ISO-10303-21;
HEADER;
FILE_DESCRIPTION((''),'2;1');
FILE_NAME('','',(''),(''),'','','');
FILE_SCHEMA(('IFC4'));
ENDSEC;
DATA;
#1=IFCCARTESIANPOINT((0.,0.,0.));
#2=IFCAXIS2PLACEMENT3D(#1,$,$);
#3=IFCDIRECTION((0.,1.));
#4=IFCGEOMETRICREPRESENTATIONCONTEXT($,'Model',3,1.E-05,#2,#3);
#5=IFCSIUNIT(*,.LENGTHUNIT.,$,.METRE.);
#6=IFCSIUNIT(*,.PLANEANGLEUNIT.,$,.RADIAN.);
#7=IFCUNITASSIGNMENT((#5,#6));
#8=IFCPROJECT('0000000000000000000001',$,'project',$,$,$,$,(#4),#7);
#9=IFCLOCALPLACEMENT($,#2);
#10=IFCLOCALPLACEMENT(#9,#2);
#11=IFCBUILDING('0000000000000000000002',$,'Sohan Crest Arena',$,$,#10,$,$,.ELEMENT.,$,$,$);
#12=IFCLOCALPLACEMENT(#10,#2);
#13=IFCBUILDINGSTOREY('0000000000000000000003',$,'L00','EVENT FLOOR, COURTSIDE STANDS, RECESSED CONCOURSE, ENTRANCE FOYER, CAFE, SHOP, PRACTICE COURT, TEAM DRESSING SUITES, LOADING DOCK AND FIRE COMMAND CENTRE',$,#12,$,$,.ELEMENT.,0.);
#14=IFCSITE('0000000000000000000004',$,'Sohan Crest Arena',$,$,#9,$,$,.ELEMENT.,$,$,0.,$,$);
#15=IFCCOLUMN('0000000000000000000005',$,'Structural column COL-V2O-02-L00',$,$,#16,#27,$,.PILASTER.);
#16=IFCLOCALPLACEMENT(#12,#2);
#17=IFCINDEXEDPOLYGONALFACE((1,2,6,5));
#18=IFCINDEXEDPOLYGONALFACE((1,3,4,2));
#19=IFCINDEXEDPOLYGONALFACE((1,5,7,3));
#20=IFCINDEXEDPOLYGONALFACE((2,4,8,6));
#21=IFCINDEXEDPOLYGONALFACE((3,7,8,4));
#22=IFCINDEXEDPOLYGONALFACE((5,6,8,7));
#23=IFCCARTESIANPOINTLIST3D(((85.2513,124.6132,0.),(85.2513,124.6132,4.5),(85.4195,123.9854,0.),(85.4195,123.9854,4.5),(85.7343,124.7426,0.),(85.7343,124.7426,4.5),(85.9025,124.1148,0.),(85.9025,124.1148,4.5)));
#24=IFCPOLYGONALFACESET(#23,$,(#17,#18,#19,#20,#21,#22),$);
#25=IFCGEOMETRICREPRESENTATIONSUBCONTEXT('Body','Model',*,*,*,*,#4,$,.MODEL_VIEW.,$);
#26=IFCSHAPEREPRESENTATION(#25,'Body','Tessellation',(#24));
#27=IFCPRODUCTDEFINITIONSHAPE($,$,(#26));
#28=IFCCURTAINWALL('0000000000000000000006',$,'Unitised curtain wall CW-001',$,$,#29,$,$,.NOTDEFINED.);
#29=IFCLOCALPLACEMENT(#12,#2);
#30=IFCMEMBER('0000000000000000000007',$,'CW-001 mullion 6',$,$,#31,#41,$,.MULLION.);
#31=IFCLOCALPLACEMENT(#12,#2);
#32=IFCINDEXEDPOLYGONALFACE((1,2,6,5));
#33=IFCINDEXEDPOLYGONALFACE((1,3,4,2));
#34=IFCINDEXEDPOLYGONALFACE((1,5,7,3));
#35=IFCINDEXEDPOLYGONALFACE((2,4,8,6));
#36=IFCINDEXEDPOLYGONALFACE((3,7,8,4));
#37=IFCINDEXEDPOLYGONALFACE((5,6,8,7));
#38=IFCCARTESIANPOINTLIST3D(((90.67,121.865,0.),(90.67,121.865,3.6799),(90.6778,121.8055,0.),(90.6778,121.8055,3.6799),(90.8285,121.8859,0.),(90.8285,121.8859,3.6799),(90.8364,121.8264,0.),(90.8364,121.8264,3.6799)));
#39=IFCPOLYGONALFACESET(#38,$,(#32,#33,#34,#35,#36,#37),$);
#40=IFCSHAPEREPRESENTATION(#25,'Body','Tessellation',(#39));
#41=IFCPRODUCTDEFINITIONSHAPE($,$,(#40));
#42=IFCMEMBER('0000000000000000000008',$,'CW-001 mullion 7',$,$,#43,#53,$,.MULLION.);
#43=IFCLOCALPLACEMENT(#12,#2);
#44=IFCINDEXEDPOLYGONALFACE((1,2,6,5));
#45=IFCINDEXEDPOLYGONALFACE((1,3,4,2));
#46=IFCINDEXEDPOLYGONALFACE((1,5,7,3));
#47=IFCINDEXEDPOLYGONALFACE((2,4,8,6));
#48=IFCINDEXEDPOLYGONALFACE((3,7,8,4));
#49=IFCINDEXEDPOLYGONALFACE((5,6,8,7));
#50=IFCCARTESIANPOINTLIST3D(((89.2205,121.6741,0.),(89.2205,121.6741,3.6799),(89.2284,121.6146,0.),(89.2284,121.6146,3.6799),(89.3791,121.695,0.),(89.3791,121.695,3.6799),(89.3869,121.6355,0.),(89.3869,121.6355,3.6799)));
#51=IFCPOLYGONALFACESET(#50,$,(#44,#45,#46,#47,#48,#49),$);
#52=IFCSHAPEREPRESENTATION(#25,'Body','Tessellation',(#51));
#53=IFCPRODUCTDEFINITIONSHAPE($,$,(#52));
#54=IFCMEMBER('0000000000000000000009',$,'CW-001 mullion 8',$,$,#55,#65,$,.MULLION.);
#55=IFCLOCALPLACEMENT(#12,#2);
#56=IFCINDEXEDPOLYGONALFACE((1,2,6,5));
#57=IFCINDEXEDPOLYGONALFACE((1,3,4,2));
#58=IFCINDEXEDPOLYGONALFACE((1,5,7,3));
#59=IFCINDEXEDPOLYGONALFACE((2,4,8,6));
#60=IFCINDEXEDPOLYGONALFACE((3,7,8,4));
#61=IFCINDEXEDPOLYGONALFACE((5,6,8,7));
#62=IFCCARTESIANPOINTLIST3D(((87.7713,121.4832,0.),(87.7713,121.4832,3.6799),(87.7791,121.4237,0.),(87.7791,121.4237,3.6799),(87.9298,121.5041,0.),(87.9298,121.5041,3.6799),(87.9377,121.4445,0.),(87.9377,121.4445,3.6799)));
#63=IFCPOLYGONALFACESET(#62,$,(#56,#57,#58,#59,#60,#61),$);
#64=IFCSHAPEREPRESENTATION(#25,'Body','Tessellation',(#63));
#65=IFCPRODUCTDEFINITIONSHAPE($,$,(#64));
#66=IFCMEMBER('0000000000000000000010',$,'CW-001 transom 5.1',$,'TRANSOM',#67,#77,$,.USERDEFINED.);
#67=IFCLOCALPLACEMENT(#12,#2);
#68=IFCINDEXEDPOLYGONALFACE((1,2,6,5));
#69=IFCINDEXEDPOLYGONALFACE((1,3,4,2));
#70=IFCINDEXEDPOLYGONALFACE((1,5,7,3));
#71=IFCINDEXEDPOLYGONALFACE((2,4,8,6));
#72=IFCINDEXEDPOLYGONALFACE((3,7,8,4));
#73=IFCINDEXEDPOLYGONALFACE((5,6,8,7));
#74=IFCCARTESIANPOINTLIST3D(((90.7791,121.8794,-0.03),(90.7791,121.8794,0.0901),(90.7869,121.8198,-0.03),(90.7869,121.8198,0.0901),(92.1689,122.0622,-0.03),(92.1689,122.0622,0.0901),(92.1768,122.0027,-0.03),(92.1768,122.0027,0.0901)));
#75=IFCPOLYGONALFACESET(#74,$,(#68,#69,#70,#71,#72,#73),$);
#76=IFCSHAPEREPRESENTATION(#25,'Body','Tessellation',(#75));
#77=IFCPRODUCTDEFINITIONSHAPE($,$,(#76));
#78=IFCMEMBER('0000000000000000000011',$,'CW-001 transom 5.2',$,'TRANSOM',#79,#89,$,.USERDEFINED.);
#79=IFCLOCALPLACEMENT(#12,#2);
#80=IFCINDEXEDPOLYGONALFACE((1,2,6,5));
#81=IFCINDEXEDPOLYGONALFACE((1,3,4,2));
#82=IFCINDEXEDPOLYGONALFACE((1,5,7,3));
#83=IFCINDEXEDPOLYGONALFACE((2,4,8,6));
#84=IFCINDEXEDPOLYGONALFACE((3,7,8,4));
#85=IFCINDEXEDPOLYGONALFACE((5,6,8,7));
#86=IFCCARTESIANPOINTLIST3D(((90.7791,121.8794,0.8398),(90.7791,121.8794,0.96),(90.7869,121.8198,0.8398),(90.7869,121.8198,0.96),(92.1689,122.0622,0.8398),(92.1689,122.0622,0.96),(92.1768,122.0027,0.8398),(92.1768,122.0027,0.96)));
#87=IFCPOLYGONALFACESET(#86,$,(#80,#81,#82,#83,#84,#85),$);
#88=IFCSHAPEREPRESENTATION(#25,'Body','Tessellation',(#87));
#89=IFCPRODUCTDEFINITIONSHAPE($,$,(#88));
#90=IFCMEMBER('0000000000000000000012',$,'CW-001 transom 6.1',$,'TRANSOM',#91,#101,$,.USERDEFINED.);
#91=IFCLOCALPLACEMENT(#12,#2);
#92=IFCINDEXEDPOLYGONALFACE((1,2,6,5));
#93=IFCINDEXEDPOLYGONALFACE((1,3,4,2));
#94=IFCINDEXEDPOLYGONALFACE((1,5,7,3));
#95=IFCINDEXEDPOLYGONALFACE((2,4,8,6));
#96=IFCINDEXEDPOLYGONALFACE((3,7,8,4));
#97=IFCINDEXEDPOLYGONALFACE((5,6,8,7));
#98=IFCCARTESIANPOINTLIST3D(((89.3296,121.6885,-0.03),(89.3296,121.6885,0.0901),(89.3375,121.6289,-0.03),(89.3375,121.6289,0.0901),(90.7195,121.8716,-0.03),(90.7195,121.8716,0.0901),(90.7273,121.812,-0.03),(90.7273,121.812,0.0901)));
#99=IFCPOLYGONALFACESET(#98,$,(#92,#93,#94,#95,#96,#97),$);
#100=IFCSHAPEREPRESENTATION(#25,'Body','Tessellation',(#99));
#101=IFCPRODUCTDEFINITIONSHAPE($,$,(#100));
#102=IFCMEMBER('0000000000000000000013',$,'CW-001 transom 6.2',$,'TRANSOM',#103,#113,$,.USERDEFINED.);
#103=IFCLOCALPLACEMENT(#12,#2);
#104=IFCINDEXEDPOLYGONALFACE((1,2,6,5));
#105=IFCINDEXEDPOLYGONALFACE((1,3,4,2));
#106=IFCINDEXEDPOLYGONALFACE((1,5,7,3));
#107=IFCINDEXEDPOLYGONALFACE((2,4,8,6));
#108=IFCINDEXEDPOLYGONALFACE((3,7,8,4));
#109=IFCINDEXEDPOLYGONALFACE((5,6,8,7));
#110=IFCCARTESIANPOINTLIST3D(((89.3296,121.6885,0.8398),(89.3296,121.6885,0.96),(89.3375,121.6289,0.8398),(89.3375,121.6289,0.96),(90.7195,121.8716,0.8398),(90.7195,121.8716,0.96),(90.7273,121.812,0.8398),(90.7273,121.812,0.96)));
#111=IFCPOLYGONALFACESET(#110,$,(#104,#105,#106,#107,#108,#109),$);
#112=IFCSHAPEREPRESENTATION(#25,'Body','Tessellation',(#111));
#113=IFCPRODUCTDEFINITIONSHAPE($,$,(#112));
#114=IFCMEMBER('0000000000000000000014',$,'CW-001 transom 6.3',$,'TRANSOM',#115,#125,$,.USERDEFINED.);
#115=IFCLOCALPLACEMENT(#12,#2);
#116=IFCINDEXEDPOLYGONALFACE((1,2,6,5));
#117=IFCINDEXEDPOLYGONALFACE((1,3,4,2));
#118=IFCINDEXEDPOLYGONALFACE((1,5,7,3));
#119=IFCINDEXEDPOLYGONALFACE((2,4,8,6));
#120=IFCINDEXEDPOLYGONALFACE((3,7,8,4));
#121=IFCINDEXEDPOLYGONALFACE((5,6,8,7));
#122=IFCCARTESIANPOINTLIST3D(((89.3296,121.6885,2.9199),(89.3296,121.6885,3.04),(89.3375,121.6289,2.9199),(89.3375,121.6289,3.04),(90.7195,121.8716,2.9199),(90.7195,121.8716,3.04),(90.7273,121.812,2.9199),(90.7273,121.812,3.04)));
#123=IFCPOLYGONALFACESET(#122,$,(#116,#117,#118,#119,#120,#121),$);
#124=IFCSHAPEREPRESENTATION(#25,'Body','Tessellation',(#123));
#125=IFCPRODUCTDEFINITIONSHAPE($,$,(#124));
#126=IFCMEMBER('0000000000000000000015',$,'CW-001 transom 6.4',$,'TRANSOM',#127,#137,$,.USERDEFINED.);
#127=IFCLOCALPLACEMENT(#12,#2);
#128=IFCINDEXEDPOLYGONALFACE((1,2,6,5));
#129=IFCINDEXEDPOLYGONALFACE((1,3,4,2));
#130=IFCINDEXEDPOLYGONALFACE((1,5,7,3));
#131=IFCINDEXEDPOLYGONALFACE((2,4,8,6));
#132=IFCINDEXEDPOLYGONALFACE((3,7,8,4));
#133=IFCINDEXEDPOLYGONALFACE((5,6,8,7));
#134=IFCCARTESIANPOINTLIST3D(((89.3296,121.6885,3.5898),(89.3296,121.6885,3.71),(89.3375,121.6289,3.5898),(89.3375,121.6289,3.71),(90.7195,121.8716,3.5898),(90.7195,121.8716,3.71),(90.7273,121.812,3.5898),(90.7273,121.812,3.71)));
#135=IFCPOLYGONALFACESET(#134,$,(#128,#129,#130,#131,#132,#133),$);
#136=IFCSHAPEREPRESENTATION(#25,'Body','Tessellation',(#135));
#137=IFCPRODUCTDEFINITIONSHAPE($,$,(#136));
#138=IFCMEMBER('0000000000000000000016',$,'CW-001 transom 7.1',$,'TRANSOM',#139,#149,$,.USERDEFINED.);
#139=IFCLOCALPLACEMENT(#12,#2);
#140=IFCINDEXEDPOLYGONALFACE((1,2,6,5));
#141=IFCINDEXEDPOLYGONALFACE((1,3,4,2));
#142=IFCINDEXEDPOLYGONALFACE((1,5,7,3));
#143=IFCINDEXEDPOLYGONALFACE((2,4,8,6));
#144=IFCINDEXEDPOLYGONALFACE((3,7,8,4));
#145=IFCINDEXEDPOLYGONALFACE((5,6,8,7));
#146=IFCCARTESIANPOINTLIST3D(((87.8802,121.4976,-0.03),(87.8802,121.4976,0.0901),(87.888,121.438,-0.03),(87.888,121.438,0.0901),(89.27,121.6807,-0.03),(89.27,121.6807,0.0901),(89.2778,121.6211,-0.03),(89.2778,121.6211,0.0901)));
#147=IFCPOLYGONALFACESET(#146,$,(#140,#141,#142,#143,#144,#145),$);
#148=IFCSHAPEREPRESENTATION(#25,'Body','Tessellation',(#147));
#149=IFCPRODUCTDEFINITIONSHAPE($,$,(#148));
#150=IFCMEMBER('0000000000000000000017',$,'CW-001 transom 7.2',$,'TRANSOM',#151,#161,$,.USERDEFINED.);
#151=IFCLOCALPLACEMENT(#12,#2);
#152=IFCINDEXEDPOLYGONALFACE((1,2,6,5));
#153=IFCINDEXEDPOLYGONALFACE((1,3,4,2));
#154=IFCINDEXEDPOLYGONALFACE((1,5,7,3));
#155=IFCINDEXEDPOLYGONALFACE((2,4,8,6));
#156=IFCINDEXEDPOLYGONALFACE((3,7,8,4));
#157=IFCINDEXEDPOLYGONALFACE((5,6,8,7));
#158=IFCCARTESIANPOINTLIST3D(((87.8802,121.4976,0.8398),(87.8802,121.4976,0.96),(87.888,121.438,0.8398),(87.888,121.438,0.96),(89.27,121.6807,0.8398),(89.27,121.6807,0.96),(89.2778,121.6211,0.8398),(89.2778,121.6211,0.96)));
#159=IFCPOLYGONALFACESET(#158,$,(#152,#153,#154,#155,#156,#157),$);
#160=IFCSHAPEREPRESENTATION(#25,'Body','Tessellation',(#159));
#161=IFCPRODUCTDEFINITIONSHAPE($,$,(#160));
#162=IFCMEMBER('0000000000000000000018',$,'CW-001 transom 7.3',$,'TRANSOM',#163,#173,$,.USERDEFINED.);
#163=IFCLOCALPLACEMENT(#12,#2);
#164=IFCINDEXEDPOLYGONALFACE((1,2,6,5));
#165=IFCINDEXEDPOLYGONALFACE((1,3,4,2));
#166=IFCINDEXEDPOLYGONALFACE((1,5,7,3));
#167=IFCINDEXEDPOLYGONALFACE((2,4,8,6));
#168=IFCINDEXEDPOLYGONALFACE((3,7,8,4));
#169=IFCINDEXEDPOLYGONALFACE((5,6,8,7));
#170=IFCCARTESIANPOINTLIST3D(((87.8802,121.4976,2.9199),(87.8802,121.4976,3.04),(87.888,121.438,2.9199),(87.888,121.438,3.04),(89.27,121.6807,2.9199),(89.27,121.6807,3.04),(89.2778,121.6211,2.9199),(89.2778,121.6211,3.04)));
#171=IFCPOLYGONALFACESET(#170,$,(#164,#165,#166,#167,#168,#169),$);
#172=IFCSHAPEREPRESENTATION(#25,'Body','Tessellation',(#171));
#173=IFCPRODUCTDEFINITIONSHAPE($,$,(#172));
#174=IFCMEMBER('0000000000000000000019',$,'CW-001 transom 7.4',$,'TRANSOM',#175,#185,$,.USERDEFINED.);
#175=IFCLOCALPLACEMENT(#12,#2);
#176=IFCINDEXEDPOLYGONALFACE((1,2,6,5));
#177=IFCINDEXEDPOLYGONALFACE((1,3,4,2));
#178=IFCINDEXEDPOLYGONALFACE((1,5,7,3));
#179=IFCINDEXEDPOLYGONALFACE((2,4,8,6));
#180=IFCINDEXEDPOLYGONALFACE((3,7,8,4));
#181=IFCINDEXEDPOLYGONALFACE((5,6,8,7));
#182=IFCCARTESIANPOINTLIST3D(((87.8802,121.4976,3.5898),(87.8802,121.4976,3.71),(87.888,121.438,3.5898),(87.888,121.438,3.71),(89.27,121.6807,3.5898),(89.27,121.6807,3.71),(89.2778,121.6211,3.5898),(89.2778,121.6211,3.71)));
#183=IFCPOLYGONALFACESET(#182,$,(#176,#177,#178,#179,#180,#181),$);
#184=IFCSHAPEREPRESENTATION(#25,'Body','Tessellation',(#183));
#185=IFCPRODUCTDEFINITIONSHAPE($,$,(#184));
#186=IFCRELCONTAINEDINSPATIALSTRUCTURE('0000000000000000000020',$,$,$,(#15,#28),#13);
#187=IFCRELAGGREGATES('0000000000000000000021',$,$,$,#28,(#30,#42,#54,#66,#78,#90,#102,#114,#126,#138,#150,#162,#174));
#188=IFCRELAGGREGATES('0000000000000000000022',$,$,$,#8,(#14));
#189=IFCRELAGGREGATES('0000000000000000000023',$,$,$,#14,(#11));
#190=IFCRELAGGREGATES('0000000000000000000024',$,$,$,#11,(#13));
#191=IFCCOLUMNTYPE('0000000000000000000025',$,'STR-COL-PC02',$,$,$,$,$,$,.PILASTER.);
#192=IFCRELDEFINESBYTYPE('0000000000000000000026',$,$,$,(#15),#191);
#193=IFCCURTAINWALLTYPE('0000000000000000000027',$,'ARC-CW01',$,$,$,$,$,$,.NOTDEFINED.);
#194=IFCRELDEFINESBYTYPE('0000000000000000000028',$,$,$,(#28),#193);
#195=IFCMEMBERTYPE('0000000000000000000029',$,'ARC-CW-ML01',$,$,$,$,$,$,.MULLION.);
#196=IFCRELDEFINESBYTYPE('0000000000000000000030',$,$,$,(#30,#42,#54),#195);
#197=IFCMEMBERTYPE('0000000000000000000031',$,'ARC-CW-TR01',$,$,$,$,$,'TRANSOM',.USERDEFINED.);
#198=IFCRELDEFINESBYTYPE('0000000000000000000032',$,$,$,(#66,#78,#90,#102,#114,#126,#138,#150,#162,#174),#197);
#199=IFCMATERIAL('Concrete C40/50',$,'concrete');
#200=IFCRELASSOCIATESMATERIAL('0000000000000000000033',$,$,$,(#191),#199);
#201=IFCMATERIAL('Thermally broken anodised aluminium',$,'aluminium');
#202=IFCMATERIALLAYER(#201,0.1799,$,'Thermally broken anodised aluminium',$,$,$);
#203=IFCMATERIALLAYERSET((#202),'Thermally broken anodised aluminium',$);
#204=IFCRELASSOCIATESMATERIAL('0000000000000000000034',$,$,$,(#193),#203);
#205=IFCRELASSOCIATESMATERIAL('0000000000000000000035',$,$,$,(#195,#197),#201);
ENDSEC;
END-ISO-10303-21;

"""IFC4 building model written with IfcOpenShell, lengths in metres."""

from ifc_helpers import new_model, si_unit, direction, frame, origin, origin_2d, place, context, subcontext, project, spatial, rectangle, extrude, material, layer, layer_set, material_profile, profile_set, type_object, element, aggregate, save


model = new_model("IFC4")

# Units and contexts
model_context = context("Model", 3, precision=1e-05, world=origin(), true_north=direction((0.0, 1.0)))
body_context = subcontext(model_context, "Body", "Model", "MODEL_VIEW")
ifc_project = project(units=[si_unit("LENGTHUNIT", "METRE"), si_unit("PLANEANGLEUNIT", "RADIAN")], contexts=[model_context])

# Site, building, storey
site_placement = place(None, origin())
site = spatial("IfcSite", under=ifc_project, at=site_placement, Name="Sohan Crest Arena", CompositionType="ELEMENT", RefElevation=0.0)
building_placement = place(site_placement, origin())
building = spatial("IfcBuilding", under=site, at=building_placement, Name="Sohan Crest Arena", CompositionType="ELEMENT")
storey_placement = place(building_placement, origin())
storey = spatial("IfcBuildingStorey", under=building, at=storey_placement, Name="L00", Description="EVENT FLOOR, COURTSIDE STANDS, RECESSED CONCOURSE, ENTRANCE FOYER, CAFE, SHOP, PRACTICE COURT, TEAM DRESSING SUITES, LOADING DOCK AND FIRE COMMAND CENTRE", CompositionType="ELEMENT", Elevation=0.0)

# Column
ifc_material_1 = material(Name="Concrete C40/50", Category="concrete")
ifc_material_profile_1 = material_profile(ifc_material_1, rectangle(XDim=0.6499, YDim=0.5, at=origin_2d()), Name="RC 650x500")
ifc_profile_set_1 = profile_set([ifc_material_profile_1], Name="Concrete C40/50")
column_type = type_object("IfcColumnType", Name="STR-COL-PC02", PredefinedType="PILASTER", material=ifc_profile_set_1)
column_placement = place(storey_placement, frame((85.5769, 124.364, 0.0), z_axis=(0.0, 0.0, 1.0), x_axis=(-0.258819, 0.965926, 0.0)))
element("IfcColumn", 1, at=column_placement, inside=storey, type_object=column_type, Name="Structural column COL-V2O-02-L00", PredefinedType="PILASTER", context=body_context, shape_type="SweptSolid", body=[
    extrude(rectangle(XDim=0.6499, YDim=0.5, at=origin_2d()), origin(), (0.0, 0.0, 1.0), 4.5),
])

# Curtain wall, members
ifc_material_2 = material(Name="Thermally broken anodised aluminium", Category="aluminium")
ifc_layer_1 = layer(ifc_material_2, 0.1799, Name="Thermally broken anodised aluminium")
ifc_layer_set_1 = layer_set([ifc_layer_1], Name="Thermally broken anodised aluminium")
curtain_wall_type = type_object("IfcCurtainWallType", Name="ARC-CW01", PredefinedType="NOTDEFINED", material=ifc_layer_set_1)
curtain_wall_placement = place(storey_placement, origin())
curtain_wall = element("IfcCurtainWall", 2, at=curtain_wall_placement, inside=storey, type_object=curtain_wall_type, Name="Unitised curtain wall CW-001", PredefinedType="NOTDEFINED")
ifc_material_profile_2 = material_profile(ifc_material_2, rectangle(XDim=0.0601, YDim=0.1599, at=origin_2d()), Name="ALU-MULL 60x160")
ifc_profile_set_2 = profile_set([ifc_material_profile_2], Name="Thermally broken anodised aluminium")
member_type_1 = type_object("IfcMemberType", Name="ARC-CW-ML01", PredefinedType="MULLION", material=ifc_profile_set_2)
member_1_placement = place(storey_placement, frame((90.7532, 121.8457, 0.0), z_axis=(0.0, 0.0, 1.0), x_axis=(0.130567, -0.991439, 0.0)))
member_1 = element("IfcMember", 3, at=member_1_placement, type_object=member_type_1, Name="CW-001 mullion 6", PredefinedType="MULLION", context=body_context, shape_type="SweptSolid", body=[
    extrude(rectangle(XDim=0.0601, YDim=0.1599, at=origin_2d()), origin(), (0.0, 0.0, 1.0), 3.6799),
])
member_2_placement = place(storey_placement, frame((89.3037, 121.6548, 0.0), z_axis=(0.0, 0.0, 1.0), x_axis=(0.130567, -0.991439, 0.0)))
member_2 = element("IfcMember", 4, at=member_2_placement, type_object=member_type_1, Name="CW-001 mullion 7", PredefinedType="MULLION", context=body_context, shape_type="SweptSolid", body=[
    extrude(rectangle(XDim=0.0601, YDim=0.1599, at=origin_2d()), origin(), (0.0, 0.0, 1.0), 3.6799),
])
member_3_placement = place(storey_placement, frame((87.8545, 121.4639, 0.0), z_axis=(0.0, 0.0, 1.0), x_axis=(0.130567, -0.991439, 0.0)))
member_3 = element("IfcMember", 5, at=member_3_placement, type_object=member_type_1, Name="CW-001 mullion 8", PredefinedType="MULLION", context=body_context, shape_type="SweptSolid", body=[
    extrude(rectangle(XDim=0.0601, YDim=0.1599, at=origin_2d()), origin(), (0.0, 0.0, 1.0), 3.6799),
])
ifc_material_profile_3 = material_profile(ifc_material_2, rectangle(XDim=0.0601, YDim=0.1201, at=origin_2d()), Name="ALU-TRAN 60x120")
ifc_profile_set_3 = profile_set([ifc_material_profile_3], Name="Thermally broken anodised aluminium")
member_type_2 = type_object("IfcMemberType", Name="ARC-CW-TR01", ElementType="TRANSOM", PredefinedType="USERDEFINED", material=ifc_profile_set_3)
member_4_placement = place(storey_placement, frame((92.1729, 122.0325, 0.03), z_axis=(-0.991456, -0.130441, 0.0), x_axis=(0.130441, -0.991456, 0.0)))
member_4 = element("IfcMember", 6, at=member_4_placement, type_object=member_type_2, Name="CW-001 transom 5.1", ObjectType="TRANSOM", PredefinedType="USERDEFINED", context=body_context, shape_type="SweptSolid", body=[
    extrude(rectangle(XDim=0.0601, YDim=0.1201, at=origin_2d()), origin(), (0.0, 0.0, 1.0), 1.4019),
])
member_5_placement = place(storey_placement, frame((92.1729, 122.0325, 0.8999), z_axis=(-0.991456, -0.130441, 0.0), x_axis=(0.130441, -0.991456, 0.0)))
member_5 = element("IfcMember", 7, at=member_5_placement, type_object=member_type_2, Name="CW-001 transom 5.2", ObjectType="TRANSOM", PredefinedType="USERDEFINED", context=body_context, shape_type="SweptSolid", body=[
    extrude(rectangle(XDim=0.0601, YDim=0.1201, at=origin_2d()), origin(), (0.0, 0.0, 1.0), 1.4019),
])
member_6_placement = place(storey_placement, frame((90.7234, 121.8418, 0.03), z_axis=(-0.991434, -0.130612, 0.0), x_axis=(0.130612, -0.991434, 0.0)))
member_6 = element("IfcMember", 8, at=member_6_placement, type_object=member_type_2, Name="CW-001 transom 6.1", ObjectType="TRANSOM", PredefinedType="USERDEFINED", context=body_context, shape_type="SweptSolid", body=[
    extrude(rectangle(XDim=0.0601, YDim=0.1201, at=origin_2d()), origin(), (0.0, 0.0, 1.0), 1.4019),
])
member_7_placement = place(storey_placement, frame((90.7234, 121.8418, 0.8999), z_axis=(-0.991434, -0.130612, 0.0), x_axis=(0.130612, -0.991434, 0.0)))
member_7 = element("IfcMember", 9, at=member_7_placement, type_object=member_type_2, Name="CW-001 transom 6.2", ObjectType="TRANSOM", PredefinedType="USERDEFINED", context=body_context, shape_type="SweptSolid", body=[
    extrude(rectangle(XDim=0.0601, YDim=0.1201, at=origin_2d()), origin(), (0.0, 0.0, 1.0), 1.4019),
])
member_8_placement = place(storey_placement, frame((90.7234, 121.8418, 2.98), z_axis=(-0.991434, -0.130612, 0.0), x_axis=(0.130612, -0.991434, 0.0)))
member_8 = element("IfcMember", 10, at=member_8_placement, type_object=member_type_2, Name="CW-001 transom 6.3", ObjectType="TRANSOM", PredefinedType="USERDEFINED", context=body_context, shape_type="SweptSolid", body=[
    extrude(rectangle(XDim=0.0601, YDim=0.1201, at=origin_2d()), origin(), (0.0, 0.0, 1.0), 1.4019),
])
member_9_placement = place(storey_placement, frame((90.7234, 121.8418, 3.6499), z_axis=(-0.991434, -0.130612, 0.0), x_axis=(0.130612, -0.991434, 0.0)))
member_9 = element("IfcMember", 11, at=member_9_placement, type_object=member_type_2, Name="CW-001 transom 6.4", ObjectType="TRANSOM", PredefinedType="USERDEFINED", context=body_context, shape_type="SweptSolid", body=[
    extrude(rectangle(XDim=0.0601, YDim=0.1201, at=origin_2d()), origin(), (0.0, 0.0, 1.0), 1.4019),
])
member_10_placement = place(storey_placement, frame((89.2739, 121.6509, 0.03), z_axis=(-0.991434, -0.130612, 0.0), x_axis=(0.130612, -0.991434, 0.0)))
member_10 = element("IfcMember", 12, at=member_10_placement, type_object=member_type_2, Name="CW-001 transom 7.1", ObjectType="TRANSOM", PredefinedType="USERDEFINED", context=body_context, shape_type="SweptSolid", body=[
    extrude(rectangle(XDim=0.0601, YDim=0.1201, at=origin_2d()), origin(), (0.0, 0.0, 1.0), 1.4019),
])
member_11_placement = place(storey_placement, frame((89.2739, 121.6509, 0.8999), z_axis=(-0.991434, -0.130612, 0.0), x_axis=(0.130612, -0.991434, 0.0)))
member_11 = element("IfcMember", 13, at=member_11_placement, type_object=member_type_2, Name="CW-001 transom 7.2", ObjectType="TRANSOM", PredefinedType="USERDEFINED", context=body_context, shape_type="SweptSolid", body=[
    extrude(rectangle(XDim=0.0601, YDim=0.1201, at=origin_2d()), origin(), (0.0, 0.0, 1.0), 1.4019),
])
member_12_placement = place(storey_placement, frame((89.2739, 121.6509, 2.98), z_axis=(-0.991434, -0.130612, 0.0), x_axis=(0.130612, -0.991434, 0.0)))
member_12 = element("IfcMember", 14, at=member_12_placement, type_object=member_type_2, Name="CW-001 transom 7.3", ObjectType="TRANSOM", PredefinedType="USERDEFINED", context=body_context, shape_type="SweptSolid", body=[
    extrude(rectangle(XDim=0.0601, YDim=0.1201, at=origin_2d()), origin(), (0.0, 0.0, 1.0), 1.4019),
])
member_13_placement = place(storey_placement, frame((89.2739, 121.6509, 3.6499), z_axis=(-0.991434, -0.130612, 0.0), x_axis=(0.130612, -0.991434, 0.0)))
member_13 = element("IfcMember", 15, at=member_13_placement, type_object=member_type_2, Name="CW-001 transom 7.4", ObjectType="TRANSOM", PredefinedType="USERDEFINED", context=body_context, shape_type="SweptSolid", body=[
    extrude(rectangle(XDim=0.0601, YDim=0.1201, at=origin_2d()), origin(), (0.0, 0.0, 1.0), 1.4019),
])

aggregate(curtain_wall, [member_1, member_2, member_3, member_4, member_5, member_6, member_7, member_8, member_9, member_10, member_11, member_12, member_13])

save(model, "model.ifc")
